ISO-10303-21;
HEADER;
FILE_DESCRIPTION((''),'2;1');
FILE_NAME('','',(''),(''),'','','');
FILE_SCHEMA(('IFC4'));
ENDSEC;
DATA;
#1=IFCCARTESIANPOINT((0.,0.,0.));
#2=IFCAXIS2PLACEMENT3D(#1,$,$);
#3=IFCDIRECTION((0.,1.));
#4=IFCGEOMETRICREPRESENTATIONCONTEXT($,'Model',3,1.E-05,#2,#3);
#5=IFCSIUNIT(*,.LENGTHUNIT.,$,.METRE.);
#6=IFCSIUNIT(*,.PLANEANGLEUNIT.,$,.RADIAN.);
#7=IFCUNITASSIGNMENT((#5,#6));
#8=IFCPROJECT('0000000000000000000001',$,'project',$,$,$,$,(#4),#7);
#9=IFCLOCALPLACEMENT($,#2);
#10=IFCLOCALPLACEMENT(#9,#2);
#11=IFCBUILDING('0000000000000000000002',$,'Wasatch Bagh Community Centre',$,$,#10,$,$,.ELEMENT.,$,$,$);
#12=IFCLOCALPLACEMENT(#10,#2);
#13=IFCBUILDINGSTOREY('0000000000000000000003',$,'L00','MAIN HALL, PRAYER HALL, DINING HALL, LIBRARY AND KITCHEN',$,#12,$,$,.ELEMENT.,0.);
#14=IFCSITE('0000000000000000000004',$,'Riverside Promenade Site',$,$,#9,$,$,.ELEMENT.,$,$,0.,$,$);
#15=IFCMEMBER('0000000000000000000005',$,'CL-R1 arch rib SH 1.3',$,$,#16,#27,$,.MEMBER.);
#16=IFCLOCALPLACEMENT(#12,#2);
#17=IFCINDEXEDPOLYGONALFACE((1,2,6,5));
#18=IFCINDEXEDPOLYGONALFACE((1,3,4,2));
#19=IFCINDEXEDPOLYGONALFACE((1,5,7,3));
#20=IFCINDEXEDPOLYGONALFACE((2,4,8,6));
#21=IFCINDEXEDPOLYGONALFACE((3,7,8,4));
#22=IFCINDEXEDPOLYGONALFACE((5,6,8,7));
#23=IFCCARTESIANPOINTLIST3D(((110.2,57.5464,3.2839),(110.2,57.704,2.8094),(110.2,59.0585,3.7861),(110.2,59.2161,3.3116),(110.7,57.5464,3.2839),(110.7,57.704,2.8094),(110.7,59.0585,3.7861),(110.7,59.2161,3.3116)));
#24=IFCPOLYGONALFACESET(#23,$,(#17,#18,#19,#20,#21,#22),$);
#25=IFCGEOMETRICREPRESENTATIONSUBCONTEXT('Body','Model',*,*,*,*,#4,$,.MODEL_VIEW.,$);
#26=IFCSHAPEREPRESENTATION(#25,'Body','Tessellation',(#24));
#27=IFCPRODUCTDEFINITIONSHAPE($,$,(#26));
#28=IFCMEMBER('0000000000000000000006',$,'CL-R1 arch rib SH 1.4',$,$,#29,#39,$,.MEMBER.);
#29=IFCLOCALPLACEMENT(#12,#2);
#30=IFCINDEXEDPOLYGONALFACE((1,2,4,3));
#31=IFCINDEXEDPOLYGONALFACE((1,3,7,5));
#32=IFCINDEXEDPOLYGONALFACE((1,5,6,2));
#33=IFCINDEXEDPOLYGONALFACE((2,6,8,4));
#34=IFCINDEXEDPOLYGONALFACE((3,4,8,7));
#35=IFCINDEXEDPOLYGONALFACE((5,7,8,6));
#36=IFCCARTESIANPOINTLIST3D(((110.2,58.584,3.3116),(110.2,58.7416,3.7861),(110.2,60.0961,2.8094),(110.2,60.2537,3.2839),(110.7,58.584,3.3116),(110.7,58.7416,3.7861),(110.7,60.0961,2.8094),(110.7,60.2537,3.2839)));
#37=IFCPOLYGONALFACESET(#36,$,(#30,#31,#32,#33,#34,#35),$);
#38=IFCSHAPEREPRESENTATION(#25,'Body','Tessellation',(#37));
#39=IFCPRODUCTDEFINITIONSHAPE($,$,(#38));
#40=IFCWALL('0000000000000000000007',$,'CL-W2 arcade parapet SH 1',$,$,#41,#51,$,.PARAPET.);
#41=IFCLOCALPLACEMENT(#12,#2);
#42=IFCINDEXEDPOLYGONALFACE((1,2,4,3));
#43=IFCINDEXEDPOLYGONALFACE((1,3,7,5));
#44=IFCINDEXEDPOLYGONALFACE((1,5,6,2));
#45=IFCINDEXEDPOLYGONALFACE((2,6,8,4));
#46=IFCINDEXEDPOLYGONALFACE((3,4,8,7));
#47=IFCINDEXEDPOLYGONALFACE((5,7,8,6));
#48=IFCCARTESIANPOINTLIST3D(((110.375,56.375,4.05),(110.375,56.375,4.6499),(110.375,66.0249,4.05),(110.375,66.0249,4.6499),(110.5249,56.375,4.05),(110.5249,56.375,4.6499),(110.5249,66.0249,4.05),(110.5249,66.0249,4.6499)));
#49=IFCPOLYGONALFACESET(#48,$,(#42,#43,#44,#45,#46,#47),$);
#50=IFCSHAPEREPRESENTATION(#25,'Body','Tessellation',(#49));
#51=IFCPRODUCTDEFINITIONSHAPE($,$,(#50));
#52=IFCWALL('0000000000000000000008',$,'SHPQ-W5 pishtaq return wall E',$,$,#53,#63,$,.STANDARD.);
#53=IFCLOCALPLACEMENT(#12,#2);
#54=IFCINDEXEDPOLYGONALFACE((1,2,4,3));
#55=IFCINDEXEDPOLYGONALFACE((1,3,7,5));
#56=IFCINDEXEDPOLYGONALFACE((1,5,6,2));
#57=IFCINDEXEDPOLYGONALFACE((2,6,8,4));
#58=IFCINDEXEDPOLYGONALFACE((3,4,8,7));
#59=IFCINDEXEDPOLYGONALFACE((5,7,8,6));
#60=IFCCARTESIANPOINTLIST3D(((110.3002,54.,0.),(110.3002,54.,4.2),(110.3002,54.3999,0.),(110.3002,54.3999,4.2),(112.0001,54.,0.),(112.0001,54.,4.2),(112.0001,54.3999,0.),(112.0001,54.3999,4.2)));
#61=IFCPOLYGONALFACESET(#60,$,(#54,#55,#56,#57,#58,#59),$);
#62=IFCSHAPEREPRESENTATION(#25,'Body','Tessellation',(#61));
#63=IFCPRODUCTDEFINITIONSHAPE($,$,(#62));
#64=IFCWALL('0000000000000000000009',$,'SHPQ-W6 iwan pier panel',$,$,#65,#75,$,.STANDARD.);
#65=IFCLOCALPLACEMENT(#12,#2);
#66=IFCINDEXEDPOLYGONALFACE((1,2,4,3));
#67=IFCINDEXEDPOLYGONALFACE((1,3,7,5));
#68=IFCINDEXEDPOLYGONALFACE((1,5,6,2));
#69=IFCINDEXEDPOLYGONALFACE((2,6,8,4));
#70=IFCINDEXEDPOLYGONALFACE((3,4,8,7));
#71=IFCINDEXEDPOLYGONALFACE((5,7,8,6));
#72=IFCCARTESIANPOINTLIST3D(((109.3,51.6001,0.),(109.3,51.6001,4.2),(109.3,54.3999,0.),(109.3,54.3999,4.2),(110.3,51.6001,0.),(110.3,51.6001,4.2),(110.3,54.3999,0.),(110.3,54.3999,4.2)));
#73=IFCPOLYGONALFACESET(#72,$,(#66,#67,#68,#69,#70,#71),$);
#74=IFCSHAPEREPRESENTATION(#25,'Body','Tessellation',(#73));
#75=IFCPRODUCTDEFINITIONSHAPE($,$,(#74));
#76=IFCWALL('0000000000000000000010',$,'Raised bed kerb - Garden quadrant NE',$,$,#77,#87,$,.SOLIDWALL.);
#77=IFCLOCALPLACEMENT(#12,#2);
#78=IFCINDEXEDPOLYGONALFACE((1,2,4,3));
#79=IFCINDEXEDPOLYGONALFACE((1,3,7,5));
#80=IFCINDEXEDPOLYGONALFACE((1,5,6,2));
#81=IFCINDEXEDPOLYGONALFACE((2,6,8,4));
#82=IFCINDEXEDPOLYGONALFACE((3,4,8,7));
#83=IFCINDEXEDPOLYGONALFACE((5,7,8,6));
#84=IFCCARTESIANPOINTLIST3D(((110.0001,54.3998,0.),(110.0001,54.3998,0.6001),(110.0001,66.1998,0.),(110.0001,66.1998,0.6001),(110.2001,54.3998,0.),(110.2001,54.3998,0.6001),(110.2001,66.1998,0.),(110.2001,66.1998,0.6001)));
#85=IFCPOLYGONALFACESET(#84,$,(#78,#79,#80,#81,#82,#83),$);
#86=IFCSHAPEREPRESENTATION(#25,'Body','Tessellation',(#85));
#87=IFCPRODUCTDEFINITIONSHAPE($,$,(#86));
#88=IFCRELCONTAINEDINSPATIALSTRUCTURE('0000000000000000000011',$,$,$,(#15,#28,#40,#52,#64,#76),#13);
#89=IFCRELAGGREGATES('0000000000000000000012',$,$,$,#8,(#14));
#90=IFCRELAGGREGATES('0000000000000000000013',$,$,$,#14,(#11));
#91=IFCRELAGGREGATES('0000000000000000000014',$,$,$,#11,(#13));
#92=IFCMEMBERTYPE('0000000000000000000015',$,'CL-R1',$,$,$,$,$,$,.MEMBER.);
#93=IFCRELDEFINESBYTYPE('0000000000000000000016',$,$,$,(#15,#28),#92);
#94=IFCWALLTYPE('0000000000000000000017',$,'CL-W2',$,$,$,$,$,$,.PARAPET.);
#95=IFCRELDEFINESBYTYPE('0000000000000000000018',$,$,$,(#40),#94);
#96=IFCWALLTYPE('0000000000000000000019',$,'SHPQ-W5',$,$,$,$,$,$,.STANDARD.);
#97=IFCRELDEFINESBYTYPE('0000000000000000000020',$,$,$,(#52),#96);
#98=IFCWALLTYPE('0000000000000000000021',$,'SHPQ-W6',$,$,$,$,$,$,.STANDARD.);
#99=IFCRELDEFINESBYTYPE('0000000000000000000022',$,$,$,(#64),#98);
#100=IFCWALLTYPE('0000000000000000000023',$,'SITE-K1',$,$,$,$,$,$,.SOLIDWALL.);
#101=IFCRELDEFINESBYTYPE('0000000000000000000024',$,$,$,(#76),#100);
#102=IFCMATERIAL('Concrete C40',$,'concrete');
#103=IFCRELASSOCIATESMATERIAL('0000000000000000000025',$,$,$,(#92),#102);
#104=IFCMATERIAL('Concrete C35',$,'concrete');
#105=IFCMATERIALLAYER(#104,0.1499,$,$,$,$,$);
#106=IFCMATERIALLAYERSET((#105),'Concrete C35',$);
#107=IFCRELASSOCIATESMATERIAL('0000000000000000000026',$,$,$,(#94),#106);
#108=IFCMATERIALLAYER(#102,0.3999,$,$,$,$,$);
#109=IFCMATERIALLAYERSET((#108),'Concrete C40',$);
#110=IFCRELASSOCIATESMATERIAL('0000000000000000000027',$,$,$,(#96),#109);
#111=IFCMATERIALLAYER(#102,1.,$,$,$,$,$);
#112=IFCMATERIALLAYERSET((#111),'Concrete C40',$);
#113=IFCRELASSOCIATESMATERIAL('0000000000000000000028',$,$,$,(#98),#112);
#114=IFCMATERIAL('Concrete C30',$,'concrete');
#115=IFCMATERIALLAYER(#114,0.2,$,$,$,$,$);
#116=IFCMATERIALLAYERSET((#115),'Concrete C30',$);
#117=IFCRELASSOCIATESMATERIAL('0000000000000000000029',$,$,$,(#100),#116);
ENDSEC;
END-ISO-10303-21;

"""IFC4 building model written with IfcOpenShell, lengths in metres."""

from ifc_helpers import new_model, si_unit, direction, frame, frame_2d, origin, origin_2d, place, context, subcontext, project, spatial, rectangle, extrude, material, layer, layer_set, material_profile, profile_set, type_object, element, save


model = new_model("IFC4")

# Units and contexts
model_context = context("Model", 3, precision=1e-05, world=origin(), true_north=direction((0.0, 1.0)))
body_context = subcontext(model_context, "Body", "Model", "MODEL_VIEW")
ifc_project = project(units=[si_unit("LENGTHUNIT", "METRE"), si_unit("PLANEANGLEUNIT", "RADIAN")], contexts=[model_context])

# Site, building, storey
site_placement = place(None, origin())
site = spatial("IfcSite", under=ifc_project, at=site_placement, Name="Riverside Promenade Site", CompositionType="ELEMENT", RefElevation=0.0)
building_placement = place(site_placement, origin())
building = spatial("IfcBuilding", under=site, at=building_placement, Name="Wasatch Bagh Community Centre", CompositionType="ELEMENT")
storey_placement = place(building_placement, origin())
storey = spatial("IfcBuildingStorey", under=building, at=storey_placement, Name="L00", Description="MAIN HALL, PRAYER HALL, DINING HALL, LIBRARY AND KITCHEN", CompositionType="ELEMENT", Elevation=0.0)

# Shared definitions
ifc_material_1 = material(Name="Concrete C35", Category="concrete")

# Shared definitions
ifc_material_2 = material(Name="Concrete C30", Category="concrete")

# Shared definitions
ifc_material_3 = material(Name="Concrete C40", Category="concrete")

# Members
ifc_material_profile_1 = material_profile(ifc_material_3, rectangle(XDim=0.5, YDim=0.5, at=origin_2d()), Name="RC 500x500")
ifc_profile_set_1 = profile_set([ifc_material_profile_1], Name="Concrete C40")
member_type = type_object("IfcMemberType", Name="CL-R1", PredefinedType="MEMBER", material=ifc_profile_set_1)
for number, where, z_axis, x_axis, name in (
    (1, (110.45, 57.6252, 3.0466), (0.0, 0.94902, 0.315216), (-1.0, 0.0, 0.0), "CL-R1 arch rib SH 1.3"),
    (2, (110.45, 58.6628, 3.5488), (0.0, 0.94902, -0.315216), (-1.0, 0.0, 0.0), "CL-R1 arch rib SH 1.4"),
):
    element("IfcMember", number, at=place(storey_placement, frame(where, z_axis=z_axis, x_axis=x_axis)), inside=storey, type_object=member_type, Name=name, PredefinedType="MEMBER", context=body_context, shape_type="SweptSolid", body=[
        extrude(rectangle(XDim=0.5, YDim=0.5, at=origin_2d()), origin(), (0.0, 0.0, 1.0), 1.5933),
    ])

# Walls
ifc_layer_1 = layer(ifc_material_1, 0.1499)
ifc_layer_set_1 = layer_set([ifc_layer_1], Name="Concrete C35")
wall_type_1 = type_object("IfcWallType", Name="CL-W2", PredefinedType="PARAPET", material=ifc_layer_set_1)
wall_1_placement = place(storey_placement, frame((110.45, 56.375, 4.05), z_axis=(0.0, 0.0, 1.0), x_axis=(0.0, 1.0, 0.0)))
element("IfcWall", 3, at=wall_1_placement, inside=storey, type_object=wall_type_1, Name="CL-W2 arcade parapet SH 1", PredefinedType="PARAPET", context=body_context, shape_type="SweptSolid", body=[
    extrude(rectangle(XDim=9.6499, YDim=0.1499, at=frame_2d((4.825, 0.0))), origin(), (0.0, 0.0, 1.0), 0.5999),
])
ifc_layer_2 = layer(ifc_material_3, 0.3999)
ifc_layer_set_2 = layer_set([ifc_layer_2], Name="Concrete C40")
wall_type_2 = type_object("IfcWallType", Name="SHPQ-W5", PredefinedType="STANDARD", material=ifc_layer_set_2)
wall_2_placement = place(storey_placement, frame((110.3, 54.2, 0.0), z_axis=(0.0, 0.0, 1.0), x_axis=(1.0, 0.0, 0.0)))
element("IfcWall", 4, at=wall_2_placement, inside=storey, type_object=wall_type_2, Name="SHPQ-W5 pishtaq return wall E", PredefinedType="STANDARD", context=body_context, shape_type="SweptSolid", body=[
    extrude(rectangle(XDim=1.7, YDim=0.3999, at=frame_2d((0.8501, 0.0))), origin(), (0.0, 0.0, 1.0), 4.2),
])
ifc_layer_3 = layer(ifc_material_3, 1.0)
ifc_layer_set_3 = layer_set([ifc_layer_3], Name="Concrete C40")
wall_type_3 = type_object("IfcWallType", Name="SHPQ-W6", PredefinedType="STANDARD", material=ifc_layer_set_3)
wall_3_placement = place(storey_placement, frame((109.8, 54.3999, 0.0), z_axis=(0.0, 0.0, 1.0), x_axis=(0.0, -1.0, 0.0)))
element("IfcWall", 5, at=wall_3_placement, inside=storey, type_object=wall_type_3, Name="SHPQ-W6 iwan pier panel", PredefinedType="STANDARD", context=body_context, shape_type="SweptSolid", body=[
    extrude(rectangle(XDim=2.7998, YDim=1.0, at=frame_2d((1.3999, 0.0))), origin(), (0.0, 0.0, 1.0), 4.2),
])
ifc_layer_4 = layer(ifc_material_2, 0.2)
ifc_layer_set_4 = layer_set([ifc_layer_4], Name="Concrete C30")
wall_type_4 = type_object("IfcWallType", Name="SITE-K1", PredefinedType="SOLIDWALL", material=ifc_layer_set_4)
wall_4_placement = place(storey_placement, frame((110.1001, 54.3999, 0.0), z_axis=(0.0, 0.0, 1.0), x_axis=(0.0, 1.0, 0.0)))
element("IfcWall", 6, at=wall_4_placement, inside=storey, type_object=wall_type_4, Name="Raised bed kerb - Garden quadrant NE", PredefinedType="SOLIDWALL", context=body_context, shape_type="SweptSolid", body=[
    extrude(rectangle(XDim=11.8, YDim=0.2, at=frame_2d((5.8999, 0.0))), origin(), (0.0, 0.0, 1.0), 0.6001),
])

save(model, "model.ifc")
